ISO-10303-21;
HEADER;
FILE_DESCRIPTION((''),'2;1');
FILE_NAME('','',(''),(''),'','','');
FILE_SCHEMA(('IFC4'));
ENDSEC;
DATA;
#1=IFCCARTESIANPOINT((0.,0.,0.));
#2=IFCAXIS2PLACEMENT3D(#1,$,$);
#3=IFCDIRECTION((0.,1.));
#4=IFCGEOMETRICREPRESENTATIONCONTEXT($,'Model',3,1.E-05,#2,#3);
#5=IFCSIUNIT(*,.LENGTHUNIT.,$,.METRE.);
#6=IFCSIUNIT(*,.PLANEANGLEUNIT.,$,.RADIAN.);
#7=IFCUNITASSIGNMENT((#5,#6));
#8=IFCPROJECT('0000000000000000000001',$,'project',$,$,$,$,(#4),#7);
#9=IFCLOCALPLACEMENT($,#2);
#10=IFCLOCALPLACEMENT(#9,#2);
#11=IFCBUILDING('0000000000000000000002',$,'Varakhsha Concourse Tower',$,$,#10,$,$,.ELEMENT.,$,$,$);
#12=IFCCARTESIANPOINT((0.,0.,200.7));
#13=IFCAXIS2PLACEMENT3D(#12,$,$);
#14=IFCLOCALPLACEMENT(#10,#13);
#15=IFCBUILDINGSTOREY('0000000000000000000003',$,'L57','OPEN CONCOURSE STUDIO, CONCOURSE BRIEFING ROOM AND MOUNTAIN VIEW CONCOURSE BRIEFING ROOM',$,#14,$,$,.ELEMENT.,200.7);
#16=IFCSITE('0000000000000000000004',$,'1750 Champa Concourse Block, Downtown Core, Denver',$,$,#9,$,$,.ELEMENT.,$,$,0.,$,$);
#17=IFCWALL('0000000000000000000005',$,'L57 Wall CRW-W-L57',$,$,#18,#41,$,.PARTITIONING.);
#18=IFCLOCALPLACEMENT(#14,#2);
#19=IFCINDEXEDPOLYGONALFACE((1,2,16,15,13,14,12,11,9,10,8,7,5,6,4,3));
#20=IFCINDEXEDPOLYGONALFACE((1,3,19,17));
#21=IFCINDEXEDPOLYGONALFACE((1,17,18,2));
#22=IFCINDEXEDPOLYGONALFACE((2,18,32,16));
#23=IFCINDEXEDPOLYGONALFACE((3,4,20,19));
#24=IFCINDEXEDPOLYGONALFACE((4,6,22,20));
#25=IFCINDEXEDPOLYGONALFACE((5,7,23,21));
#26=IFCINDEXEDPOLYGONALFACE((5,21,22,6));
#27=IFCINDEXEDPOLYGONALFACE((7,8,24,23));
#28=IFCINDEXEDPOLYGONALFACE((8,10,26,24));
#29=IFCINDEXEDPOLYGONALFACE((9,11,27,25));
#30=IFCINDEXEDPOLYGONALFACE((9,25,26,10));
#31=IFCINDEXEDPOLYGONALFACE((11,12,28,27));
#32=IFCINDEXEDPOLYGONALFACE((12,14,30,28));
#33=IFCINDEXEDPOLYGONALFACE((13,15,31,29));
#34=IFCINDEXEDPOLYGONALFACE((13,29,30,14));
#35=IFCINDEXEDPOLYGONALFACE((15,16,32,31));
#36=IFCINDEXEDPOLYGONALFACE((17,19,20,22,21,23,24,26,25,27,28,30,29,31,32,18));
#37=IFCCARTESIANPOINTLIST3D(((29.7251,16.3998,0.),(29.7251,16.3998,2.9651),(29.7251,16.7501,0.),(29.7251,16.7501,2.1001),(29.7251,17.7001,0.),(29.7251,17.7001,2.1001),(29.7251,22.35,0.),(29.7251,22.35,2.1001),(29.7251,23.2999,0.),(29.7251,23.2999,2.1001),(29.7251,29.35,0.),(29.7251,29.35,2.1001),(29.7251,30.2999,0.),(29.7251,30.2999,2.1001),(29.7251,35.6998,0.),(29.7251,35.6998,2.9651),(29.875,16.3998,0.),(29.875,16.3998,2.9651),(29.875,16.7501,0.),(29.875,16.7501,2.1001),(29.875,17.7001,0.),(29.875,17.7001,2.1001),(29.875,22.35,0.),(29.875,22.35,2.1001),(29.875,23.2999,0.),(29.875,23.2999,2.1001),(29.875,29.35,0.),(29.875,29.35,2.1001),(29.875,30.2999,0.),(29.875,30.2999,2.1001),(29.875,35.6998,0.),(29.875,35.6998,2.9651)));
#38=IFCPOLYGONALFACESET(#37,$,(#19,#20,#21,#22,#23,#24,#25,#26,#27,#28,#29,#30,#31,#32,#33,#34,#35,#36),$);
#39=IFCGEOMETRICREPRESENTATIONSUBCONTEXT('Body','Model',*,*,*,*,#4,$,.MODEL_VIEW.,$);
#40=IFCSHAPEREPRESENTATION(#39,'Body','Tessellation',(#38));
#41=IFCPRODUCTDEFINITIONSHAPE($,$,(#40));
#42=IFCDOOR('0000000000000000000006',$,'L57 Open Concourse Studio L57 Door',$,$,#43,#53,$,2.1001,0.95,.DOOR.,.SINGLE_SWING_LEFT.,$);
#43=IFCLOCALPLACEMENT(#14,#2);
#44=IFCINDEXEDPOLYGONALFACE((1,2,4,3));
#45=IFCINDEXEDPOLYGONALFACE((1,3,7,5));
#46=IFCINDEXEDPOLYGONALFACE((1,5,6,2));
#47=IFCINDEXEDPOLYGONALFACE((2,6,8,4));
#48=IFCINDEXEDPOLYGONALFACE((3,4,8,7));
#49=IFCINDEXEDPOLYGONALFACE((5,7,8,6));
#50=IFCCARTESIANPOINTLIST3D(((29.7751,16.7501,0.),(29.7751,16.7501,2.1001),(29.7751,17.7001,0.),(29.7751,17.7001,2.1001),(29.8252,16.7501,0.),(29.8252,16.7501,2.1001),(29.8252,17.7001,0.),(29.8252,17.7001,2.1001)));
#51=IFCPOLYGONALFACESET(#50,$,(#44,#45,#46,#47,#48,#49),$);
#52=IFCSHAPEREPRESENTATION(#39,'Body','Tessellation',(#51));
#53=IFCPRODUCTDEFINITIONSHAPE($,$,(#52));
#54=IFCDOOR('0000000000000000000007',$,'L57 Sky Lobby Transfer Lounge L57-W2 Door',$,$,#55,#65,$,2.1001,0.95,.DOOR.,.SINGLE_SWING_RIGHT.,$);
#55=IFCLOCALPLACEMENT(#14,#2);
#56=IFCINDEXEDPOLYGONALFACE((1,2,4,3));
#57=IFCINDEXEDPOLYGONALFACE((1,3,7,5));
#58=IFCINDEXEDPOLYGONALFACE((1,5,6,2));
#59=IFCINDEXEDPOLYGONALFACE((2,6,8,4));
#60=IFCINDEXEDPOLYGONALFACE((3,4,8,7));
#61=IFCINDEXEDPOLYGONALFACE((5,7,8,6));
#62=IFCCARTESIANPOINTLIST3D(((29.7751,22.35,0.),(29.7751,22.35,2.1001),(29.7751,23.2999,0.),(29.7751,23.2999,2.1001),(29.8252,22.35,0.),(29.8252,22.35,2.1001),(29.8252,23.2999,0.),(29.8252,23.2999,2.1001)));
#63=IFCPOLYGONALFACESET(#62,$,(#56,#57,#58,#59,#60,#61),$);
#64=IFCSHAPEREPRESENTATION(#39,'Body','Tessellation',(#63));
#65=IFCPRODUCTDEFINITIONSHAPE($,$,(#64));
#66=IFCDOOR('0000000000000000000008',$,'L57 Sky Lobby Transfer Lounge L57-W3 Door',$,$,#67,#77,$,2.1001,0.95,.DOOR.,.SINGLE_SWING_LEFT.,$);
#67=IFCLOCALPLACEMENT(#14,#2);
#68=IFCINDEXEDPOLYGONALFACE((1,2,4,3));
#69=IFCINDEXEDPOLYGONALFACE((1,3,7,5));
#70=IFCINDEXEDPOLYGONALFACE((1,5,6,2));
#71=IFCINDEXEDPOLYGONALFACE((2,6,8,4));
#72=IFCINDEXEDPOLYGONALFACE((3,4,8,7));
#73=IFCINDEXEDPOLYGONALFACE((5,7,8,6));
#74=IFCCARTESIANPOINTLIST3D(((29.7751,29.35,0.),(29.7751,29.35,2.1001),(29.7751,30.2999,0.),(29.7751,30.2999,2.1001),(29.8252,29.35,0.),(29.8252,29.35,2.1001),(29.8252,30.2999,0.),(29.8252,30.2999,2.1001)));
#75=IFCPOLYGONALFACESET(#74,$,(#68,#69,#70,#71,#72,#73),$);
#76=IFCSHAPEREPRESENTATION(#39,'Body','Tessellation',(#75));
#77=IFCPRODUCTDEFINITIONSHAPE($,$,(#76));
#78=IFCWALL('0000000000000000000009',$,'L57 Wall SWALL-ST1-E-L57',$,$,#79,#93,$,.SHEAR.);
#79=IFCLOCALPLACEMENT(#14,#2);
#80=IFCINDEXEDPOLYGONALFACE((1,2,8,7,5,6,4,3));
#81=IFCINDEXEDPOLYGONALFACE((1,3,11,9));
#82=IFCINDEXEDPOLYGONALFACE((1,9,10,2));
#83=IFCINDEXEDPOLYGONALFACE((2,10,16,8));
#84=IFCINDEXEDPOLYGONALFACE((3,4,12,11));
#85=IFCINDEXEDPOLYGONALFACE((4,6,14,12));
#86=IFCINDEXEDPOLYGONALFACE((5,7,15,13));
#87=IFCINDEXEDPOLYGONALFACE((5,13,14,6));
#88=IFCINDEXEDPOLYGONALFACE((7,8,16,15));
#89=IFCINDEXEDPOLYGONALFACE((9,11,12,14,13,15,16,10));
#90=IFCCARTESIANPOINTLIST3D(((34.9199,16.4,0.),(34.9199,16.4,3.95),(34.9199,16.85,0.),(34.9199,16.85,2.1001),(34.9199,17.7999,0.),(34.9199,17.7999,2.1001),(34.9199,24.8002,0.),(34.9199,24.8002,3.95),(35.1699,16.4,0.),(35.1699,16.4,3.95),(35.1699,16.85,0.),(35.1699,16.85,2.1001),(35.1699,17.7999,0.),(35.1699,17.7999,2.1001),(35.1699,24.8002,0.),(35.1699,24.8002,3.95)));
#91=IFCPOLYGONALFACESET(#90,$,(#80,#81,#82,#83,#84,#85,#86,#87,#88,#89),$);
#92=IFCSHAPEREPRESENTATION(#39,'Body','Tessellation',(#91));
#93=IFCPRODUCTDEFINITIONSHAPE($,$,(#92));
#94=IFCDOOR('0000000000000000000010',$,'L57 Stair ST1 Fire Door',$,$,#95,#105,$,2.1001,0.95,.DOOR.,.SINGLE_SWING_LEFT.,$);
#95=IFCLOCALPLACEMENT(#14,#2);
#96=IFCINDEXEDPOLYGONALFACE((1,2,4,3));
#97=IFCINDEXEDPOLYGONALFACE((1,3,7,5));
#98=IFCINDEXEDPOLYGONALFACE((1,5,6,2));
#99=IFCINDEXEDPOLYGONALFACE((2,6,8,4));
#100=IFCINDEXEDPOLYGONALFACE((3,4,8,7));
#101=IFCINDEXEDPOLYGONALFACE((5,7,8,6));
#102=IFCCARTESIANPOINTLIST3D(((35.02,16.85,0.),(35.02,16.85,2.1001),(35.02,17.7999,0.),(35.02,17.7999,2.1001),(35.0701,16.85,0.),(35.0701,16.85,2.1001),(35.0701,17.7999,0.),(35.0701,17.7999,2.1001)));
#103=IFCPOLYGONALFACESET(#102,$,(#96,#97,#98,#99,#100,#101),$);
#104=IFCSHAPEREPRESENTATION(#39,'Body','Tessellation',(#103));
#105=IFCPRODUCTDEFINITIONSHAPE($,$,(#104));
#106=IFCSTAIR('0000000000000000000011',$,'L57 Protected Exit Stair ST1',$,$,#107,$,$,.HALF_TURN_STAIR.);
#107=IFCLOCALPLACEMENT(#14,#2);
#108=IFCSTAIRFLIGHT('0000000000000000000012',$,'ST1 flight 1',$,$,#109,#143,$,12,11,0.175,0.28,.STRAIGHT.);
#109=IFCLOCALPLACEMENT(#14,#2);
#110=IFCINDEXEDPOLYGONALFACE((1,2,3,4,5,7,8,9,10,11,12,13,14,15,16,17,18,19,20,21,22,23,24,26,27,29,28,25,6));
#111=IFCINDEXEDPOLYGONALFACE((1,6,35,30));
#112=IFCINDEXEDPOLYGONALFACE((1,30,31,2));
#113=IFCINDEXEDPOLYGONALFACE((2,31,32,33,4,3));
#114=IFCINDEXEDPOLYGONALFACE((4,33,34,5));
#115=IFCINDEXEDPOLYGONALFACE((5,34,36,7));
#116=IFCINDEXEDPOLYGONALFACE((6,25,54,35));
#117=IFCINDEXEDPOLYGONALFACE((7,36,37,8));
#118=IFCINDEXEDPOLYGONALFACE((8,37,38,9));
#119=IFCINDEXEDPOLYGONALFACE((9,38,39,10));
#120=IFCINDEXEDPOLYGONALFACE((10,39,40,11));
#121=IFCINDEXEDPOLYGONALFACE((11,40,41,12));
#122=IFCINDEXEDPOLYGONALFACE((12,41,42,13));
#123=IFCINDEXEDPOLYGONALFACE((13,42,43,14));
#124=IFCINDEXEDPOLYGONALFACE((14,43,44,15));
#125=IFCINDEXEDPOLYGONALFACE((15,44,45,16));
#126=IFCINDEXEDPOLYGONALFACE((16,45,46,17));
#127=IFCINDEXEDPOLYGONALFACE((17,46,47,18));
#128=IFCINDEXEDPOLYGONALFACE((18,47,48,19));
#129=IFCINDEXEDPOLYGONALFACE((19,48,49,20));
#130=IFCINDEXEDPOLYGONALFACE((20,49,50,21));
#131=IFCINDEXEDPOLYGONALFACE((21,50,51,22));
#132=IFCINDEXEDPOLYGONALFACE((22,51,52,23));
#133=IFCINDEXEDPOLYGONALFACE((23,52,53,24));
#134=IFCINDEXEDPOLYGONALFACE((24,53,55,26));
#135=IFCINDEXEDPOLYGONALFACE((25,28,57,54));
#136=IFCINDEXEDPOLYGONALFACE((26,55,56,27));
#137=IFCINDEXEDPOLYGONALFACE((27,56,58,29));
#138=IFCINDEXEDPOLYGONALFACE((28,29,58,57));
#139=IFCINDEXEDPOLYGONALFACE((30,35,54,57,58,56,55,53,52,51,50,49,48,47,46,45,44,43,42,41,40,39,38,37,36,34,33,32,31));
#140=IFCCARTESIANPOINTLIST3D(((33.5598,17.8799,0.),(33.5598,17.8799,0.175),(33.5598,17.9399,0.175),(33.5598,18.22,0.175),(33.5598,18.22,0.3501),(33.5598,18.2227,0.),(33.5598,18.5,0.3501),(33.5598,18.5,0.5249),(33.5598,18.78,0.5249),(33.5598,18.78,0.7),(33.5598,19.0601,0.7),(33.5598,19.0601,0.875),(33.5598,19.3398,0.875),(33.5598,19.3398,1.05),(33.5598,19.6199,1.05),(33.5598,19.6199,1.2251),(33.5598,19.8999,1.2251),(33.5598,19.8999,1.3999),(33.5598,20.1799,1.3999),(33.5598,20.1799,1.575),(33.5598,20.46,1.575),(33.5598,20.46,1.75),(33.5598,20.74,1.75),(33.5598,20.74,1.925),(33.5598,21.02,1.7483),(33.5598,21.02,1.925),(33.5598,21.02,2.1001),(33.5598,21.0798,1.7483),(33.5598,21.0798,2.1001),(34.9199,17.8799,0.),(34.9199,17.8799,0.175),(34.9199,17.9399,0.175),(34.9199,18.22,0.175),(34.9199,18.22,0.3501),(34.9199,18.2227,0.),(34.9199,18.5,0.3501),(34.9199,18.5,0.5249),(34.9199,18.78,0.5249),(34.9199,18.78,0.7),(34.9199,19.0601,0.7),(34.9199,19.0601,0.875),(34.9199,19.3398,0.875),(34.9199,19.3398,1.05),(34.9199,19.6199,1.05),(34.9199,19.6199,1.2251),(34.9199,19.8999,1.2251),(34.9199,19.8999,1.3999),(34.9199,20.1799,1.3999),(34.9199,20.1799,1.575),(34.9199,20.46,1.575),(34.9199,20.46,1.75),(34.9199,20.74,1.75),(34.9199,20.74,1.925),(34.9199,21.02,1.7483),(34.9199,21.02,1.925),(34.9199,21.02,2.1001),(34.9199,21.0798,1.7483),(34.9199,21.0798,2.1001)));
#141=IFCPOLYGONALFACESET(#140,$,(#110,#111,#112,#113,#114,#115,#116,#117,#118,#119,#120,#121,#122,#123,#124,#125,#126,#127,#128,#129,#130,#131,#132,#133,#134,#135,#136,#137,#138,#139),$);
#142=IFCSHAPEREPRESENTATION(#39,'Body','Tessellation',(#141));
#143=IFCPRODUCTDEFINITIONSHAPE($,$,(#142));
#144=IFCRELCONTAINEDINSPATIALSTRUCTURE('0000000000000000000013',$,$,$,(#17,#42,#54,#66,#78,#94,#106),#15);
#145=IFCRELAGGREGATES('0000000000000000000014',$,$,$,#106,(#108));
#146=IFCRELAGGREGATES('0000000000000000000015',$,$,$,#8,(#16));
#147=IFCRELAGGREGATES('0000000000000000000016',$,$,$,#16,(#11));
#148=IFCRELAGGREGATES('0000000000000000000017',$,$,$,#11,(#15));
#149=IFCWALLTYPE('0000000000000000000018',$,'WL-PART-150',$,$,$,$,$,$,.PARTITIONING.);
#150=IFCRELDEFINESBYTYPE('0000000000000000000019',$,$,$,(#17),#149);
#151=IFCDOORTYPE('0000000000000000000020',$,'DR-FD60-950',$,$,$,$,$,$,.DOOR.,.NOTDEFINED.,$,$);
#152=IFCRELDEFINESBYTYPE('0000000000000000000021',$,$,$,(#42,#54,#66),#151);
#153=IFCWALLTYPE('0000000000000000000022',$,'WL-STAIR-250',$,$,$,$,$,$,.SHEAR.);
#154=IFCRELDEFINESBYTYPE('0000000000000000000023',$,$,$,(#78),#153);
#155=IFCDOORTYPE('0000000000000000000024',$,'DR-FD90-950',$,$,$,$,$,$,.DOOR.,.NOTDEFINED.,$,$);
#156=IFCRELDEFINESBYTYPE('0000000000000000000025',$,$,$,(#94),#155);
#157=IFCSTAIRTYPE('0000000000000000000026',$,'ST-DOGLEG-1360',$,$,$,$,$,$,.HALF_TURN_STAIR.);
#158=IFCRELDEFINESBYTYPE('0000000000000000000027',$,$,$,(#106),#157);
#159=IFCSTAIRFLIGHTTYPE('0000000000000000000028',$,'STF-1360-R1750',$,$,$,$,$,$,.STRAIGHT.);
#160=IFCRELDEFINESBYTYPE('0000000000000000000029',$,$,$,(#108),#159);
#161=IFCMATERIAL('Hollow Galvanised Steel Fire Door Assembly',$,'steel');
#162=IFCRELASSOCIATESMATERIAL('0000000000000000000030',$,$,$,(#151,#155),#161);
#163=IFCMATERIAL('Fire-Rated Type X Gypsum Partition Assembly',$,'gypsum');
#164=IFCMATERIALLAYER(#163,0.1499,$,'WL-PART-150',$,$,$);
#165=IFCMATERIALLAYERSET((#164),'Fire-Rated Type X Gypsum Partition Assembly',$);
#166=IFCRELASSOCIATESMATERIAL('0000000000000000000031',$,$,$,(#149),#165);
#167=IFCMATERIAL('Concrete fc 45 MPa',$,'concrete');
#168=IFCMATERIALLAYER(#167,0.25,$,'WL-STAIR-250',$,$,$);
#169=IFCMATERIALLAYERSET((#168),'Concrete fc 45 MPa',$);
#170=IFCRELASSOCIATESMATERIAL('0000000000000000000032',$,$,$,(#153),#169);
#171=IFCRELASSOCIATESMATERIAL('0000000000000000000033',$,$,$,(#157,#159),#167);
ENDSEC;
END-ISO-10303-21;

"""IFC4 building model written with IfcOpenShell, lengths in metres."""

from ifc_helpers import new_model, si_unit, direction, frame, frame_2d, origin, place, context, subcontext, project, spatial, polyline, rectangle, outline, extrude, material, layer, layer_set, type_object, element, fill, aggregate, save


model = new_model("IFC4")

# Units and contexts
model_context = context("Model", 3, precision=1e-05, world=origin(), true_north=direction((0.0, 1.0)))
body_context = subcontext(model_context, "Body", "Model", "MODEL_VIEW")
ifc_project = project(units=[si_unit("LENGTHUNIT", "METRE"), si_unit("PLANEANGLEUNIT", "RADIAN")], contexts=[model_context])

# Site, building, storey
site_placement = place(None, origin())
site = spatial("IfcSite", under=ifc_project, at=site_placement, Name="1750 Champa Concourse Block, Downtown Core, Denver", CompositionType="ELEMENT", RefElevation=0.0)
building_placement = place(site_placement, origin())
building = spatial("IfcBuilding", under=site, at=building_placement, Name="Varakhsha Concourse Tower", CompositionType="ELEMENT")
storey_placement = place(building_placement, frame((0.0, 0.0, 200.7)))
storey = spatial("IfcBuildingStorey", under=building, at=storey_placement, Name="L57", Description="OPEN CONCOURSE STUDIO, CONCOURSE BRIEFING ROOM AND MOUNTAIN VIEW CONCOURSE BRIEFING ROOM", CompositionType="ELEMENT", Elevation=200.7)

# Shared definitions
ifc_material_1 = material(Name="Hollow Galvanised Steel Fire Door Assembly", Category="steel")
door_type_1 = type_object("IfcDoorType", Name="DR-FD60-950", OperationType="NOTDEFINED", PredefinedType="DOOR", material=ifc_material_1)

# Shared definitions
ifc_material_2 = material(Name="Fire-Rated Type X Gypsum Partition Assembly", Category="gypsum")

# Shared definitions
ifc_layer_1 = layer(ifc_material_2, 0.1499, Name="WL-PART-150")
ifc_layer_set_1 = layer_set([ifc_layer_1], Name="Fire-Rated Type X Gypsum Partition Assembly")
wall_type_1 = type_object("IfcWallType", Name="WL-PART-150", PredefinedType="PARTITIONING", material=ifc_layer_set_1)

# Wall, openings, doors
wall_1_placement = place(storey_placement, frame((29.8, 16.3999, 0.0), z_axis=(0.0, 0.0, 1.0), x_axis=(0.0, 1.0, 0.0)))
wall_1 = element("IfcWall", 1, at=wall_1_placement, inside=storey, type_object=wall_type_1, Name="L57 Wall CRW-W-L57", PredefinedType="PARTITIONING", context=body_context, shape_type="SweptSolid", body=[
    extrude(rectangle(XDim=19.3, YDim=0.1499, at=frame_2d((9.6499, 0.0))), origin(), (0.0, 0.0, 1.0), 2.9651),
])
opening_1_placement = place(wall_1_placement, frame((0.3501, 0.0, 0.0)))
opening_1 = element("IfcOpeningElement", 2, at=opening_1_placement, cuts=wall_1, PredefinedType="OPENING", context=body_context, shape_type="SweptSolid", body=[
    extrude(rectangle(XDim=0.95, YDim=2.1001, at=frame_2d((0.4751, 1.05))), frame((0.0, 0.085, 0.0), z_axis=(0.0, -1.0, 0.0), x_axis=(1.0, 0.0, 0.0)), (0.0, 0.0, 1.0), 0.1699),
])
opening_2_placement = place(wall_1_placement, frame((5.95, 0.0, 0.0)))
opening_2 = element("IfcOpeningElement", 3, at=opening_2_placement, cuts=wall_1, PredefinedType="OPENING", context=body_context, shape_type="SweptSolid", body=[
    extrude(rectangle(XDim=0.95, YDim=2.1001, at=frame_2d((0.4751, 1.05))), frame((0.0, 0.085, 0.0), z_axis=(0.0, -1.0, 0.0), x_axis=(1.0, 0.0, 0.0)), (0.0, 0.0, 1.0), 0.1699),
])
opening_3_placement = place(wall_1_placement, frame((12.95, 0.0, 0.0)))
opening_3 = element("IfcOpeningElement", 4, at=opening_3_placement, cuts=wall_1, PredefinedType="OPENING", context=body_context, shape_type="SweptSolid", body=[
    extrude(rectangle(XDim=0.95, YDim=2.1001, at=frame_2d((0.4751, 1.05))), frame((0.0, 0.085, 0.0), z_axis=(0.0, -1.0, 0.0), x_axis=(1.0, 0.0, 0.0)), (0.0, 0.0, 1.0), 0.1699),
])
door_1_placement = place(opening_1_placement, origin())
door_1 = element("IfcDoor", 5, at=door_1_placement, inside=storey, type_object=door_type_1, Name="L57 Open Concourse Studio L57 Door", OperationType="SINGLE_SWING_LEFT", OverallHeight=2.1001, OverallWidth=0.95, PredefinedType="DOOR", context=body_context, shape_type="SweptSolid", body=[
    extrude(rectangle(XDim=0.95, YDim=2.1001, at=frame_2d((0.4751, 1.05))), frame((0.0, 0.0249, 0.0), z_axis=(0.0, -1.0, 0.0), x_axis=(1.0, 0.0, 0.0)), (0.0, 0.0, 1.0), 0.05),
])
fill(opening_1, door_1)
door_2_placement = place(opening_2_placement, origin())
door_2 = element("IfcDoor", 6, at=door_2_placement, inside=storey, type_object=door_type_1, Name="L57 Sky Lobby Transfer Lounge L57-W2 Door", OperationType="SINGLE_SWING_RIGHT", OverallHeight=2.1001, OverallWidth=0.95, PredefinedType="DOOR", context=body_context, shape_type="SweptSolid", body=[
    extrude(rectangle(XDim=0.95, YDim=2.1001, at=frame_2d((0.4751, 1.05))), frame((0.0, 0.0249, 0.0), z_axis=(0.0, -1.0, 0.0), x_axis=(1.0, 0.0, 0.0)), (0.0, 0.0, 1.0), 0.05),
])
fill(opening_2, door_2)
door_3_placement = place(opening_3_placement, origin())
door_3 = element("IfcDoor", 7, at=door_3_placement, inside=storey, type_object=door_type_1, Name="L57 Sky Lobby Transfer Lounge L57-W3 Door", OperationType="SINGLE_SWING_LEFT", OverallHeight=2.1001, OverallWidth=0.95, PredefinedType="DOOR", context=body_context, shape_type="SweptSolid", body=[
    extrude(rectangle(XDim=0.95, YDim=2.1001, at=frame_2d((0.4751, 1.05))), frame((0.0, 0.0249, 0.0), z_axis=(0.0, -1.0, 0.0), x_axis=(1.0, 0.0, 0.0)), (0.0, 0.0, 1.0), 0.05),
])
fill(opening_3, door_3)

# Wall, opening, door
ifc_material_3 = material(Name="Concrete fc 45 MPa", Category="concrete")
ifc_layer_2 = layer(ifc_material_3, 0.25, Name="WL-STAIR-250")
ifc_layer_set_2 = layer_set([ifc_layer_2], Name="Concrete fc 45 MPa")
wall_type_2 = type_object("IfcWallType", Name="WL-STAIR-250", PredefinedType="SHEAR", material=ifc_layer_set_2)
wall_2_placement = place(storey_placement, frame((35.0449, 16.3999, 0.0), z_axis=(0.0, 0.0, 1.0), x_axis=(0.0, 1.0, 0.0)))
wall_2 = element("IfcWall", 8, at=wall_2_placement, inside=storey, type_object=wall_type_2, Name="L57 Wall SWALL-ST1-E-L57", PredefinedType="SHEAR", context=body_context, shape_type="SweptSolid", body=[
    extrude(rectangle(XDim=8.4001, YDim=0.25, at=frame_2d((4.2002, 0.0))), origin(), (0.0, 0.0, 1.0), 3.95),
])
opening_4_placement = place(wall_2_placement, frame((0.45, 0.0, 0.0)))
opening_4 = element("IfcOpeningElement", 9, at=opening_4_placement, cuts=wall_2, PredefinedType="OPENING", context=body_context, shape_type="SweptSolid", body=[
    extrude(rectangle(XDim=0.95, YDim=2.1001, at=frame_2d((0.4751, 1.05))), frame((0.0, 0.135, 0.0), z_axis=(0.0, -1.0, 0.0), x_axis=(1.0, 0.0, 0.0)), (0.0, 0.0, 1.0), 0.27),
])
door_type_2 = type_object("IfcDoorType", Name="DR-FD90-950", OperationType="NOTDEFINED", PredefinedType="DOOR", material=ifc_material_1)
door_4_placement = place(opening_4_placement, origin())
door_4 = element("IfcDoor", 10, at=door_4_placement, inside=storey, type_object=door_type_2, Name="L57 Stair ST1 Fire Door", OperationType="SINGLE_SWING_LEFT", OverallHeight=2.1001, OverallWidth=0.95, PredefinedType="DOOR", context=body_context, shape_type="SweptSolid", body=[
    extrude(rectangle(XDim=0.95, YDim=2.1001, at=frame_2d((0.4751, 1.05))), frame((0.0, 0.0249, 0.0), z_axis=(0.0, -1.0, 0.0), x_axis=(1.0, 0.0, 0.0)), (0.0, 0.0, 1.0), 0.05),
])
fill(opening_4, door_4)

# Stair, stair flight
stair_type = type_object("IfcStairType", Name="ST-DOGLEG-1360", PredefinedType="HALF_TURN_STAIR", material=ifc_material_3)
stair_placement = place(storey_placement, origin())
stair = element("IfcStair", 11, at=stair_placement, inside=storey, type_object=stair_type, Name="L57 Protected Exit Stair ST1", PredefinedType="HALF_TURN_STAIR")
stair_flight_type = type_object("IfcStairFlightType", Name="STF-1360-R1750", PredefinedType="STRAIGHT", material=ifc_material_3)
stair_flight_placement = place(storey_placement, frame((34.24, 17.9399, 0.0), z_axis=(0.0, 0.0, 1.0), x_axis=(0.0, 1.0, 0.0)))
stair_flight = element("IfcStairFlight", 12, at=stair_flight_placement, type_object=stair_flight_type, Name="ST1 flight 1", NumberOfRisers=12, NumberOfTreads=11, PredefinedType="STRAIGHT", RiserHeight=0.175, TreadLength=0.28, context=body_context, shape_type="SweptSolid", body=[
    extrude(outline(polyline([(-0.0601, 0.0), (-0.0601, 0.175), (0.0, 0.175), (0.28, 0.175), (0.28, 0.3501), (0.5601, 0.3501), (0.5601, 0.5249), (0.8401, 0.5249), (0.8401, 0.7), (1.1201, 0.7), (1.1201, 0.875), (1.3999, 0.875), (1.3999, 1.05), (1.6799, 1.05), (1.6799, 1.2251), (1.96, 1.2251), (1.96, 1.3999), (2.24, 1.3999), (2.24, 1.575), (2.52, 1.575), (2.52, 1.75), (2.8, 1.75), (2.8, 1.925), (3.0801, 1.925), (3.0801, 2.1001), (3.1399, 2.1001), (3.1399, 1.7483), (3.0801, 1.7483), (0.2827, 0.0), (-0.0601, 0.0)])), frame((0.0, 0.6802, 0.0), z_axis=(0.0, -1.0, 0.0), x_axis=(1.0, 0.0, 0.0)), (0.0, 0.0, 1.0), 1.3601),
])
aggregate(stair, [stair_flight])

save(model, "model.ifc")
